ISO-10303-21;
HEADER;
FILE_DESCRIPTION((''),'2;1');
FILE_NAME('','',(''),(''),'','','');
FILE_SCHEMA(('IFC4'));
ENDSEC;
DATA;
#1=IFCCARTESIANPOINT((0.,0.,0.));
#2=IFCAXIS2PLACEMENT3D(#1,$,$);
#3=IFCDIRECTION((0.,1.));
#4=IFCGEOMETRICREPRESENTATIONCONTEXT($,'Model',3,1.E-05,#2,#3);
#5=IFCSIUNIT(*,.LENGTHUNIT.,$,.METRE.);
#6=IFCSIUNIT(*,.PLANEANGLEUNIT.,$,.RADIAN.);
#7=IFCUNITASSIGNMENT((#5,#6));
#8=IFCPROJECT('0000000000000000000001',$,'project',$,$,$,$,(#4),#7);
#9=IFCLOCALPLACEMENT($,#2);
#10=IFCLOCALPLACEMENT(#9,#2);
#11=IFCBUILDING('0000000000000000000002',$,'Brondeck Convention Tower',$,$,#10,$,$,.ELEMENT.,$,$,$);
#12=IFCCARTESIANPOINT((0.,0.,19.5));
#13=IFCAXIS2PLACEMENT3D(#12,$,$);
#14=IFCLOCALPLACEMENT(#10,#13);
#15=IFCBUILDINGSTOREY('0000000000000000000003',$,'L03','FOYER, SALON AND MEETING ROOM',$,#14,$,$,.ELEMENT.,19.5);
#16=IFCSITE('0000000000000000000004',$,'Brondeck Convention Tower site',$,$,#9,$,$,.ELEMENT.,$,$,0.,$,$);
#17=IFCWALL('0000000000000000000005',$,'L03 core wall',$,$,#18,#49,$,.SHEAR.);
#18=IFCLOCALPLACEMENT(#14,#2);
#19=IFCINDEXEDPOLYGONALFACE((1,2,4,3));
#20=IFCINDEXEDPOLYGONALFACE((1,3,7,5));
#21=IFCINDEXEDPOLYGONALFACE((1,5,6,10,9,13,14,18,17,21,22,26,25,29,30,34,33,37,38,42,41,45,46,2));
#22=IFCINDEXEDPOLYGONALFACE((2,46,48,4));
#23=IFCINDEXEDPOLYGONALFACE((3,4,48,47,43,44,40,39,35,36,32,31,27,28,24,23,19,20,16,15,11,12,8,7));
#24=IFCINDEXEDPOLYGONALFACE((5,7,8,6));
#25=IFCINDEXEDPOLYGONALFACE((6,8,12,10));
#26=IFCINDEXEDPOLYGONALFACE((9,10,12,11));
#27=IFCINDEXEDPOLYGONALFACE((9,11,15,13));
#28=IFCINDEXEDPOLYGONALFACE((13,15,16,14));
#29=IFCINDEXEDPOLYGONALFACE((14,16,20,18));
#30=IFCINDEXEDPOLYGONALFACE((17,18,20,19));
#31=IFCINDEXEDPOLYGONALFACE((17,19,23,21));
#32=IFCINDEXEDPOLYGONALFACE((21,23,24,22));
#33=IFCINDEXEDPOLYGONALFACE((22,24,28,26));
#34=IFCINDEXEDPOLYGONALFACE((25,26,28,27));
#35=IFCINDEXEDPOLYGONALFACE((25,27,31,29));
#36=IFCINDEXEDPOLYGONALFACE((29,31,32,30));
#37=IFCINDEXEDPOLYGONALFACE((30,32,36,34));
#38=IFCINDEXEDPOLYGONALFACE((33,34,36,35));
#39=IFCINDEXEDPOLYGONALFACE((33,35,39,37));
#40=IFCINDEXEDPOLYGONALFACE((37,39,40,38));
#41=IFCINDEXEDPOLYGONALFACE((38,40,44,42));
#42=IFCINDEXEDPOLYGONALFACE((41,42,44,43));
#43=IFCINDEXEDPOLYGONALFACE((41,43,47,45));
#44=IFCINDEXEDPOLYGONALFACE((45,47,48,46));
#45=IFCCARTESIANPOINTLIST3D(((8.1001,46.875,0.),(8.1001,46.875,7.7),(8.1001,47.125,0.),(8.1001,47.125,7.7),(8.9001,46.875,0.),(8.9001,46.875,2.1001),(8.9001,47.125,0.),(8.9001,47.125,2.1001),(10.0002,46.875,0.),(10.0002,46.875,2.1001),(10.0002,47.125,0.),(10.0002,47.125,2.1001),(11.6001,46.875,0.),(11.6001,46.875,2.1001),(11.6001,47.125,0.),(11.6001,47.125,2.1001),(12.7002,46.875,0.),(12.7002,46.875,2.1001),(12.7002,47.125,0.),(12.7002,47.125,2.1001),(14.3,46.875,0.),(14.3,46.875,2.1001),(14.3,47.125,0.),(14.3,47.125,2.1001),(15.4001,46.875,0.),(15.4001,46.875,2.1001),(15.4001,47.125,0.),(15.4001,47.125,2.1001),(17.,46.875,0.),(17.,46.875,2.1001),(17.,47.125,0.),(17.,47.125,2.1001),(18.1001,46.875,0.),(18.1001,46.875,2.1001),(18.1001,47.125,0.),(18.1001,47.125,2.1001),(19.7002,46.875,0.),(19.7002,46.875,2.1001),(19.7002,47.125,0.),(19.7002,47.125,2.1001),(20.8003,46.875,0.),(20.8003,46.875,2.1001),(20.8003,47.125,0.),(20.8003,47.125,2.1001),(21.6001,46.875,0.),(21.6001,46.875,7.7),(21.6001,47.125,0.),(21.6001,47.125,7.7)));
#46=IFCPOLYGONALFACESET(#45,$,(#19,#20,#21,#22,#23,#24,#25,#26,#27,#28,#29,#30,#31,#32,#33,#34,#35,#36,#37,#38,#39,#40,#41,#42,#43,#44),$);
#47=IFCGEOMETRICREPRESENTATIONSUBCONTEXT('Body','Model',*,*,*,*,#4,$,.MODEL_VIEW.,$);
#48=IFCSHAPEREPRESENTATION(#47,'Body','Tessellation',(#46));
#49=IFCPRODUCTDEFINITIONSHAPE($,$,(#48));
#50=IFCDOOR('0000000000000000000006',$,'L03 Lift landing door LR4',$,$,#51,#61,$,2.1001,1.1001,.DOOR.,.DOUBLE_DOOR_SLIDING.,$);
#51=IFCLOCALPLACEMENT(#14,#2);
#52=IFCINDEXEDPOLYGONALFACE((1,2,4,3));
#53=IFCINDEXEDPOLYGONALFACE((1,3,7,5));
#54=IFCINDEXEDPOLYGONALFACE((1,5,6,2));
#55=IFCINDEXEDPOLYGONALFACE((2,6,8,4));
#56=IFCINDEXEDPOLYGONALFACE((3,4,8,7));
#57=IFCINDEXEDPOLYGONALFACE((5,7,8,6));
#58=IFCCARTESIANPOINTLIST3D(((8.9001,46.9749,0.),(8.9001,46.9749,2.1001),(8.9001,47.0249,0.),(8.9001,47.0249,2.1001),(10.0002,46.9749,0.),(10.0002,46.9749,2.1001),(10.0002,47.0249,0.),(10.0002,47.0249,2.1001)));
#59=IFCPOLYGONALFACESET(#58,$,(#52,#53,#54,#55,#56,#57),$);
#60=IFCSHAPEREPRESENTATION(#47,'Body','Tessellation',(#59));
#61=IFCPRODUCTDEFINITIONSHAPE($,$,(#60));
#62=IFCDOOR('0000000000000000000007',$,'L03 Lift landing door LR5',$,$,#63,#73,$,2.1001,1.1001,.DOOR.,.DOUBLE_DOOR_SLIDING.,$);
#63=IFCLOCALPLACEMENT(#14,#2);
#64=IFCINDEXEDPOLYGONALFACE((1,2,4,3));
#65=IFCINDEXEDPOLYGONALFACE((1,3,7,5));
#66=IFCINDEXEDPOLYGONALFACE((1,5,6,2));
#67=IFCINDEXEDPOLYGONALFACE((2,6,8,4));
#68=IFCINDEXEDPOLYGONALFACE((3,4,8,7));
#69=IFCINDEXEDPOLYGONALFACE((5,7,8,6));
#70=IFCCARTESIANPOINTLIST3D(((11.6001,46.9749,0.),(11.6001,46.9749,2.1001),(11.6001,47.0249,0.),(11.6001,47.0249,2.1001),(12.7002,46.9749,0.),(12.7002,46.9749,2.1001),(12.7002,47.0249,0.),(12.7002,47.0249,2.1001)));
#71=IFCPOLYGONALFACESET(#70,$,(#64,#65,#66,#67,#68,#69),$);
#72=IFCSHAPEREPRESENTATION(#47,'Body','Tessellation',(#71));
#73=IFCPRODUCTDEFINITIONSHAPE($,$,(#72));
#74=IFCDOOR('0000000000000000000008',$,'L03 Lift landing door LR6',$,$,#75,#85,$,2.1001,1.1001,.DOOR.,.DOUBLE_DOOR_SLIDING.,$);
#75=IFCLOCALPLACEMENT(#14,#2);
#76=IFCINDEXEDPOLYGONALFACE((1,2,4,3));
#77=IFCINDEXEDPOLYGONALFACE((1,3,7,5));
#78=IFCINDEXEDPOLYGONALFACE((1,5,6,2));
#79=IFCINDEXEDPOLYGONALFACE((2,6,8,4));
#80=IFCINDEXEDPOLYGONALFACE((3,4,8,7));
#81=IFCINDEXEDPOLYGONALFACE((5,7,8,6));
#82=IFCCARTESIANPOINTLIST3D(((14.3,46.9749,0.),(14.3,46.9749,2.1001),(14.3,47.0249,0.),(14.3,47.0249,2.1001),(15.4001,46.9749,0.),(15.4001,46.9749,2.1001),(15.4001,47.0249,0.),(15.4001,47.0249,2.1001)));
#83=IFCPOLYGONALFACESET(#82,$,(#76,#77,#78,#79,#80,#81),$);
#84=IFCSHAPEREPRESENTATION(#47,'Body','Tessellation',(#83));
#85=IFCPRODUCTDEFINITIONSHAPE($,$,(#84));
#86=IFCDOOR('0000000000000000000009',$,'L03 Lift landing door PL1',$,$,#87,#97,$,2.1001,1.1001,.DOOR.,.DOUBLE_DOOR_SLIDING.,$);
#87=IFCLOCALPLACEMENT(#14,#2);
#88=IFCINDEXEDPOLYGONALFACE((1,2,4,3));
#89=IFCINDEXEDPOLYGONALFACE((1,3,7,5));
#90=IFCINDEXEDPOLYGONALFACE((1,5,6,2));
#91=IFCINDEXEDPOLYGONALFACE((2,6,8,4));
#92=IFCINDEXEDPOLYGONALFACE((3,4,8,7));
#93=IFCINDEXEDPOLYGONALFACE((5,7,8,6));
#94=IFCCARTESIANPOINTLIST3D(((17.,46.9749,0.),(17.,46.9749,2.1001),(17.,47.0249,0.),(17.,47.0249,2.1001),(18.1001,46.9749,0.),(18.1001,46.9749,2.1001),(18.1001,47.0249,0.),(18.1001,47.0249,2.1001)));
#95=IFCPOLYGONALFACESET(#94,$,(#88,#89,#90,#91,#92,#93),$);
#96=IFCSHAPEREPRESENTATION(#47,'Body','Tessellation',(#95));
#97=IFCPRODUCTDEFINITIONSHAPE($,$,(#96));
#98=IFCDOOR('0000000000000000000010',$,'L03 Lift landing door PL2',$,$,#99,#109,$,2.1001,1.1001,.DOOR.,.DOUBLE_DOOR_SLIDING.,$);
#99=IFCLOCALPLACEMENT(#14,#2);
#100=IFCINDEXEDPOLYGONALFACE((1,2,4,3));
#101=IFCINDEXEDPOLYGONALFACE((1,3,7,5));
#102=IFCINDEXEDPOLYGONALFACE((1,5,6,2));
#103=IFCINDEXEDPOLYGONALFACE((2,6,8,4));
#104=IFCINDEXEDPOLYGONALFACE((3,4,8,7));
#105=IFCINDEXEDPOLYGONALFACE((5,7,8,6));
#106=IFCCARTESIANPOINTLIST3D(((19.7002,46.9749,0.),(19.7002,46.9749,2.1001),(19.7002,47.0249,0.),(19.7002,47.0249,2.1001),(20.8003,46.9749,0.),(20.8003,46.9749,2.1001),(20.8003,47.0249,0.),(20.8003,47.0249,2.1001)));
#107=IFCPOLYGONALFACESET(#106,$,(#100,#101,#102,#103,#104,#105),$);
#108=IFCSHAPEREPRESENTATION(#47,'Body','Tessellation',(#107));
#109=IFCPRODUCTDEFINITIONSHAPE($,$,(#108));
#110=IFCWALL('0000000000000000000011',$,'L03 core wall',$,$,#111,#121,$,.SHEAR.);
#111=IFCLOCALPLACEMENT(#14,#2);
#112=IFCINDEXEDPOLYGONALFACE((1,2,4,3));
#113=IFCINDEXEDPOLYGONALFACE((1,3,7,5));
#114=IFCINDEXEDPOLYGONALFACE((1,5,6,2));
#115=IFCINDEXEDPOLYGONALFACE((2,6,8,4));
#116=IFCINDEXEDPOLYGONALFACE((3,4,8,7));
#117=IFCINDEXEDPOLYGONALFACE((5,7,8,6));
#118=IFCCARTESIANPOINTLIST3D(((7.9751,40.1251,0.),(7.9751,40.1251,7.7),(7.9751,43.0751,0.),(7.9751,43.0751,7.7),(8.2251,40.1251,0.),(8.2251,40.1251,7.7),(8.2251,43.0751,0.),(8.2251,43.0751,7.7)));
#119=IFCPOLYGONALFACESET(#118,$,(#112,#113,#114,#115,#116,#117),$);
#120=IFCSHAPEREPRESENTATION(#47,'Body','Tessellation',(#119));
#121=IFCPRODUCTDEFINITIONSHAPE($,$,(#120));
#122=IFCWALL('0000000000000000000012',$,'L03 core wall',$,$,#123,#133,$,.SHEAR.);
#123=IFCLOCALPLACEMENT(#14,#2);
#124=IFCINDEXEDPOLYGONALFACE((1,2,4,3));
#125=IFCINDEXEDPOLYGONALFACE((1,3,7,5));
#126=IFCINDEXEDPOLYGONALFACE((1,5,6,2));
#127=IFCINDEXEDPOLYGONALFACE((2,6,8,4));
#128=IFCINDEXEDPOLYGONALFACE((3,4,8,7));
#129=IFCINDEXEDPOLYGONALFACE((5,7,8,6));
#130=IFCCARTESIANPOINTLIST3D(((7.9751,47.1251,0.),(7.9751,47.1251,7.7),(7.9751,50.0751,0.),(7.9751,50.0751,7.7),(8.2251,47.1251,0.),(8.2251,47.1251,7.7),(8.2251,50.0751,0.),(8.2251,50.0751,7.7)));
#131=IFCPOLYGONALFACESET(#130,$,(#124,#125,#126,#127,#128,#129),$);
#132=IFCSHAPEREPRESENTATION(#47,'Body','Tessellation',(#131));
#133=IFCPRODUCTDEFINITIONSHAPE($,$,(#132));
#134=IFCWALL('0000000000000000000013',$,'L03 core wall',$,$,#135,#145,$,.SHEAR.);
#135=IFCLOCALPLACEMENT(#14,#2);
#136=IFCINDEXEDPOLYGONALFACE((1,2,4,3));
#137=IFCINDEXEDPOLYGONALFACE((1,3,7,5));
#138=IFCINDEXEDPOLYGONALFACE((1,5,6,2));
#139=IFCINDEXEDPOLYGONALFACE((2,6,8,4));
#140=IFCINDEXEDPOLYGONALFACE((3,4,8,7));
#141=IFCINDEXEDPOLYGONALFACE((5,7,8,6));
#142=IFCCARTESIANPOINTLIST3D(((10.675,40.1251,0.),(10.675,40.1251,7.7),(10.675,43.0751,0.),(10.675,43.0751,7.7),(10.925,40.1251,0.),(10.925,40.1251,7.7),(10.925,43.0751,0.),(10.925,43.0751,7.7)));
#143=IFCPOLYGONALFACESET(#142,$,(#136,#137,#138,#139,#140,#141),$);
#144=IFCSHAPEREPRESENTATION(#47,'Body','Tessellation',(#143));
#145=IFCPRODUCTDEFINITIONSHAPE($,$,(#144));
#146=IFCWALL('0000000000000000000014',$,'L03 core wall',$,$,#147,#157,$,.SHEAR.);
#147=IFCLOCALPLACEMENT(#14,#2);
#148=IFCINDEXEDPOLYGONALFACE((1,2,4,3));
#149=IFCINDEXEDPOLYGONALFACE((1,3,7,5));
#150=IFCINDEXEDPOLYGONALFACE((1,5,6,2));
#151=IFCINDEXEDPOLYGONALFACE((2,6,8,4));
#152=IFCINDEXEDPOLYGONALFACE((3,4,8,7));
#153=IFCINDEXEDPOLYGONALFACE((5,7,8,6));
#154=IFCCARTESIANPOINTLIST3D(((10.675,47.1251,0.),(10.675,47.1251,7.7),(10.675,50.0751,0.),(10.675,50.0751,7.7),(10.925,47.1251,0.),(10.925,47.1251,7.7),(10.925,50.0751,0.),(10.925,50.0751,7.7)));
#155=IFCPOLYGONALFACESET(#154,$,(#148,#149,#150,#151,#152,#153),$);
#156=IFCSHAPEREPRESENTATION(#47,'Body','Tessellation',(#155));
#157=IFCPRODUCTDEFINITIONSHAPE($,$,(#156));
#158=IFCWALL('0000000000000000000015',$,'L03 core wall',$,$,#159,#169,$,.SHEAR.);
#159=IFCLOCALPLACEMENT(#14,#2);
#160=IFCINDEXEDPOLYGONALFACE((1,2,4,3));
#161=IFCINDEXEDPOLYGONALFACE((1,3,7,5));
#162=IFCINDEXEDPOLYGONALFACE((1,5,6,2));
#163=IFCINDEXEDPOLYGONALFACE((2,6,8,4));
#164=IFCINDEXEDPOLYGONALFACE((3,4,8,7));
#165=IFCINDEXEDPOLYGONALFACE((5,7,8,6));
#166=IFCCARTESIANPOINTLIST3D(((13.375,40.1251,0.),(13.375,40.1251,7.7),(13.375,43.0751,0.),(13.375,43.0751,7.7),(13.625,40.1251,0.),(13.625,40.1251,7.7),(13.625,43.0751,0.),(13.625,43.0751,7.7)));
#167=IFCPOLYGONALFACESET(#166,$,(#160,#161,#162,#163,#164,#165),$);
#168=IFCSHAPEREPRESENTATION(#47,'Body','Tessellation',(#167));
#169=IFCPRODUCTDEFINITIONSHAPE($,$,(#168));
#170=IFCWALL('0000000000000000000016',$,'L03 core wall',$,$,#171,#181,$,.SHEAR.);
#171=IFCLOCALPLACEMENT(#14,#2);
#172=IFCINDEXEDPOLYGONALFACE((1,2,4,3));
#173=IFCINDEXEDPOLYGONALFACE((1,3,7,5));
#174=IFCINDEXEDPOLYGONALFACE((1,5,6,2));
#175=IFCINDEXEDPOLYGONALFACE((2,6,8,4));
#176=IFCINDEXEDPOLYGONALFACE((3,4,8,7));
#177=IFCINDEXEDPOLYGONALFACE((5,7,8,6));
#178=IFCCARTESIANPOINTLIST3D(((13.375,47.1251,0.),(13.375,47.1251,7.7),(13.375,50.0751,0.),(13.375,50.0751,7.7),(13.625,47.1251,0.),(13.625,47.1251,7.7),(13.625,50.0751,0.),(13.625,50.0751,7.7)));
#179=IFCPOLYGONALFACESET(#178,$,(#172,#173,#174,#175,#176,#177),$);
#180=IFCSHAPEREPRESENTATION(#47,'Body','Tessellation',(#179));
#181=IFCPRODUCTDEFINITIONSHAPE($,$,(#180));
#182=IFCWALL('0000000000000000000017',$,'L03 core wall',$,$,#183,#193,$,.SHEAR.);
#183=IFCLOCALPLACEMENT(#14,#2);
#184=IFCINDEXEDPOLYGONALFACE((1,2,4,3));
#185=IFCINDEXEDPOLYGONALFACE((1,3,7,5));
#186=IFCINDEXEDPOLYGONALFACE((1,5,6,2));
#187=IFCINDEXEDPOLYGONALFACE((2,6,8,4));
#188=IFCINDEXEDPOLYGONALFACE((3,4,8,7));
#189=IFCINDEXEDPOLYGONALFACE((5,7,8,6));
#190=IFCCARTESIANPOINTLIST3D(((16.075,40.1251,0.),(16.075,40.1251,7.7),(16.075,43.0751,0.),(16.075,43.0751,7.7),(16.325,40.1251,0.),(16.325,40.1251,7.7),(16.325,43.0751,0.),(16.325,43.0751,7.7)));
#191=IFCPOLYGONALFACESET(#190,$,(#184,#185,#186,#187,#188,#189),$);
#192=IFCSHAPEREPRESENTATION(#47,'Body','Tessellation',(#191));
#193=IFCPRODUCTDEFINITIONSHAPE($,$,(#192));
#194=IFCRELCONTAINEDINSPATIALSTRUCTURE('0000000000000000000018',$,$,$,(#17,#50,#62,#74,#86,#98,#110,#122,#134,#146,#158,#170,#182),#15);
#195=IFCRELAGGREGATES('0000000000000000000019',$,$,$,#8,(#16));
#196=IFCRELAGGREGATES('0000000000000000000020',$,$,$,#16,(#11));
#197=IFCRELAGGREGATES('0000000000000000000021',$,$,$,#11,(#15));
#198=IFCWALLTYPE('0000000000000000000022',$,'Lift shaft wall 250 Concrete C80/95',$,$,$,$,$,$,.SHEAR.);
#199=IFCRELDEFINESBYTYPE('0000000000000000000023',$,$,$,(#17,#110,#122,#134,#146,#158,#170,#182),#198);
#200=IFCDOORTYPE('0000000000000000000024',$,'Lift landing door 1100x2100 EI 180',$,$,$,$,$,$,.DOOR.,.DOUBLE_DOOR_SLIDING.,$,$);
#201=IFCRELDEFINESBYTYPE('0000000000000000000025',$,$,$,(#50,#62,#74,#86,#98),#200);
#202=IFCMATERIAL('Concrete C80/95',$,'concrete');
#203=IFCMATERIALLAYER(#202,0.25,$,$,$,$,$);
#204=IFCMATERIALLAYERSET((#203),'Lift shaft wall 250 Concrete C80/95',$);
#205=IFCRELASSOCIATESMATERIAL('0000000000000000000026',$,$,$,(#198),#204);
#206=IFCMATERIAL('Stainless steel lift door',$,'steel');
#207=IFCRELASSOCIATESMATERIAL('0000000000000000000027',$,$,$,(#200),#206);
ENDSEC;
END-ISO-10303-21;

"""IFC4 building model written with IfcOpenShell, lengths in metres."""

from ifc_helpers import new_model, si_unit, direction, frame, frame_2d, origin, place, context, subcontext, project, spatial, rectangle, extrude, material, layer, layer_set, type_object, element, fill, save


model = new_model("IFC4")

# Units and contexts
model_context = context("Model", 3, precision=1e-05, world=origin(), true_north=direction((0.0, 1.0)))
body_context = subcontext(model_context, "Body", "Model", "MODEL_VIEW")
ifc_project = project(units=[si_unit("LENGTHUNIT", "METRE"), si_unit("PLANEANGLEUNIT", "RADIAN")], contexts=[model_context])

# Site, building, storey
site_placement = place(None, origin())
site = spatial("IfcSite", under=ifc_project, at=site_placement, Name="Brondeck Convention Tower site", CompositionType="ELEMENT", RefElevation=0.0)
building_placement = place(site_placement, origin())
building = spatial("IfcBuilding", under=site, at=building_placement, Name="Brondeck Convention Tower", CompositionType="ELEMENT")
storey_placement = place(building_placement, frame((0.0, 0.0, 19.5)))
storey = spatial("IfcBuildingStorey", under=building, at=storey_placement, Name="L03", Description="FOYER, SALON AND MEETING ROOM", CompositionType="ELEMENT", Elevation=19.5)

# Shared definitions
ifc_material_1 = material(Name="Concrete C80/95", Category="concrete")
ifc_layer_1 = layer(ifc_material_1, 0.25)
ifc_layer_set_1 = layer_set([ifc_layer_1], Name="Lift shaft wall 250 Concrete C80/95")
wall_type_1 = type_object("IfcWallType", Name="Lift shaft wall 250 Concrete C80/95", PredefinedType="SHEAR", material=ifc_layer_set_1)

# Wall, openings, doors
ifc_material_2 = material(Name="Stainless steel lift door", Category="steel")
door_type_1 = type_object("IfcDoorType", Name="Lift landing door 1100x2100 EI 180", OperationType="DOUBLE_DOOR_SLIDING", PredefinedType="DOOR", material=ifc_material_2)
wall_1_placement = place(storey_placement, frame((8.1001, 47.0, 0.0), z_axis=(0.0, 0.0, 1.0), x_axis=(1.0, 0.0, 0.0)))
wall_1 = element("IfcWall", 1, at=wall_1_placement, inside=storey, type_object=wall_type_1, Name="L03 core wall", PredefinedType="SHEAR", context=body_context, shape_type="SweptSolid", body=[
    extrude(rectangle(XDim=13.5, YDim=0.25, at=frame_2d((6.75, 0.0))), origin(), (0.0, 0.0, 1.0), 7.7),
])
opening_1_placement = place(wall_1_placement, frame((0.8, 0.0, 0.0)))
opening_1 = element("IfcOpeningElement", 2, at=opening_1_placement, cuts=wall_1, PredefinedType="OPENING", context=body_context, shape_type="SweptSolid", body=[
    extrude(rectangle(XDim=1.1001, YDim=2.1001, at=frame_2d((0.55, 1.05))), frame((0.0, 0.135, 0.0), z_axis=(0.0, -1.0, 0.0), x_axis=(1.0, 0.0, 0.0)), (0.0, 0.0, 1.0), 0.27),
])
opening_2_placement = place(wall_1_placement, frame((3.5, 0.0, 0.0)))
opening_2 = element("IfcOpeningElement", 3, at=opening_2_placement, cuts=wall_1, PredefinedType="OPENING", context=body_context, shape_type="SweptSolid", body=[
    extrude(rectangle(XDim=1.1001, YDim=2.1001, at=frame_2d((0.55, 1.05))), frame((0.0, 0.135, 0.0), z_axis=(0.0, -1.0, 0.0), x_axis=(1.0, 0.0, 0.0)), (0.0, 0.0, 1.0), 0.27),
])
opening_3_placement = place(wall_1_placement, frame((6.2, 0.0, 0.0)))
opening_3 = element("IfcOpeningElement", 4, at=opening_3_placement, cuts=wall_1, PredefinedType="OPENING", context=body_context, shape_type="SweptSolid", body=[
    extrude(rectangle(XDim=1.1001, YDim=2.1001, at=frame_2d((0.55, 1.05))), frame((0.0, 0.135, 0.0), z_axis=(0.0, -1.0, 0.0), x_axis=(1.0, 0.0, 0.0)), (0.0, 0.0, 1.0), 0.27),
])
opening_4_placement = place(wall_1_placement, frame((8.8999, 0.0, 0.0)))
opening_4 = element("IfcOpeningElement", 5, at=opening_4_placement, cuts=wall_1, PredefinedType="OPENING", context=body_context, shape_type="SweptSolid", body=[
    extrude(rectangle(XDim=1.1001, YDim=2.1001, at=frame_2d((0.55, 1.05))), frame((0.0, 0.135, 0.0), z_axis=(0.0, -1.0, 0.0), x_axis=(1.0, 0.0, 0.0)), (0.0, 0.0, 1.0), 0.27),
])
opening_5_placement = place(wall_1_placement, frame((11.6001, 0.0, 0.0)))
opening_5 = element("IfcOpeningElement", 6, at=opening_5_placement, cuts=wall_1, PredefinedType="OPENING", context=body_context, shape_type="SweptSolid", body=[
    extrude(rectangle(XDim=1.1001, YDim=2.1001, at=frame_2d((0.55, 1.05))), frame((0.0, 0.135, 0.0), z_axis=(0.0, -1.0, 0.0), x_axis=(1.0, 0.0, 0.0)), (0.0, 0.0, 1.0), 0.27),
])
door_1_placement = place(opening_1_placement, origin())
door_1 = element("IfcDoor", 7, at=door_1_placement, inside=storey, type_object=door_type_1, Name="L03 Lift landing door LR4", OperationType="DOUBLE_DOOR_SLIDING", OverallHeight=2.1001, OverallWidth=1.1001, PredefinedType="DOOR", context=body_context, shape_type="SweptSolid", body=[
    extrude(rectangle(XDim=1.1001, YDim=2.1001, at=frame_2d((0.55, 1.05))), frame((0.0, 0.0249, 0.0), z_axis=(0.0, -1.0, 0.0), x_axis=(1.0, 0.0, 0.0)), (0.0, 0.0, 1.0), 0.05),
])
fill(opening_1, door_1)
door_2_placement = place(opening_2_placement, origin())
door_2 = element("IfcDoor", 8, at=door_2_placement, inside=storey, type_object=door_type_1, Name="L03 Lift landing door LR5", OperationType="DOUBLE_DOOR_SLIDING", OverallHeight=2.1001, OverallWidth=1.1001, PredefinedType="DOOR", context=body_context, shape_type="SweptSolid", body=[
    extrude(rectangle(XDim=1.1001, YDim=2.1001, at=frame_2d((0.55, 1.05))), frame((0.0, 0.0249, 0.0), z_axis=(0.0, -1.0, 0.0), x_axis=(1.0, 0.0, 0.0)), (0.0, 0.0, 1.0), 0.05),
])
fill(opening_2, door_2)
door_3_placement = place(opening_3_placement, origin())
door_3 = element("IfcDoor", 9, at=door_3_placement, inside=storey, type_object=door_type_1, Name="L03 Lift landing door LR6", OperationType="DOUBLE_DOOR_SLIDING", OverallHeight=2.1001, OverallWidth=1.1001, PredefinedType="DOOR", context=body_context, shape_type="SweptSolid", body=[
    extrude(rectangle(XDim=1.1001, YDim=2.1001, at=frame_2d((0.55, 1.05))), frame((0.0, 0.0249, 0.0), z_axis=(0.0, -1.0, 0.0), x_axis=(1.0, 0.0, 0.0)), (0.0, 0.0, 1.0), 0.05),
])
fill(opening_3, door_3)
door_4_placement = place(opening_4_placement, origin())
door_4 = element("IfcDoor", 10, at=door_4_placement, inside=storey, type_object=door_type_1, Name="L03 Lift landing door PL1", OperationType="DOUBLE_DOOR_SLIDING", OverallHeight=2.1001, OverallWidth=1.1001, PredefinedType="DOOR", context=body_context, shape_type="SweptSolid", body=[
    extrude(rectangle(XDim=1.1001, YDim=2.1001, at=frame_2d((0.55, 1.05))), frame((0.0, 0.0249, 0.0), z_axis=(0.0, -1.0, 0.0), x_axis=(1.0, 0.0, 0.0)), (0.0, 0.0, 1.0), 0.05),
])
fill(opening_4, door_4)
door_5_placement = place(opening_5_placement, origin())
door_5 = element("IfcDoor", 11, at=door_5_placement, inside=storey, type_object=door_type_1, Name="L03 Lift landing door PL2", OperationType="DOUBLE_DOOR_SLIDING", OverallHeight=2.1001, OverallWidth=1.1001, PredefinedType="DOOR", context=body_context, shape_type="SweptSolid", body=[
    extrude(rectangle(XDim=1.1001, YDim=2.1001, at=frame_2d((0.55, 1.05))), frame((0.0, 0.0249, 0.0), z_axis=(0.0, -1.0, 0.0), x_axis=(1.0, 0.0, 0.0)), (0.0, 0.0, 1.0), 0.05),
])
fill(opening_5, door_5)

# Walls
for number, where, z_axis, x_axis, name in (
    (12, (8.1001, 40.125, 0.0), (0.0, 0.0, 1.0), (0.0, 1.0, 0.0), "L03 core wall"),
    (13, (8.1001, 47.125, 0.0), (0.0, 0.0, 1.0), (0.0, 1.0, 0.0), "L03 core wall"),
    (14, (10.8, 40.125, 0.0), (0.0, 0.0, 1.0), (0.0, 1.0, 0.0), "L03 core wall"),
    (15, (10.8, 47.125, 0.0), (0.0, 0.0, 1.0), (0.0, 1.0, 0.0), "L03 core wall"),
    (16, (13.5, 40.125, 0.0), (0.0, 0.0, 1.0), (0.0, 1.0, 0.0), "L03 core wall"),
    (17, (13.5, 47.125, 0.0), (0.0, 0.0, 1.0), (0.0, 1.0, 0.0), "L03 core wall"),
    (18, (16.2, 40.125, 0.0), (0.0, 0.0, 1.0), (0.0, 1.0, 0.0), "L03 core wall"),
):
    element("IfcWall", number, at=place(storey_placement, frame(where, z_axis=z_axis, x_axis=x_axis)), inside=storey, type_object=wall_type_1, Name=name, PredefinedType="SHEAR", context=body_context, shape_type="SweptSolid", body=[
        extrude(rectangle(XDim=2.95, YDim=0.25, at=frame_2d((1.4751, 0.0))), origin(), (0.0, 0.0, 1.0), 7.7),
    ])

save(model, "model.ifc")
